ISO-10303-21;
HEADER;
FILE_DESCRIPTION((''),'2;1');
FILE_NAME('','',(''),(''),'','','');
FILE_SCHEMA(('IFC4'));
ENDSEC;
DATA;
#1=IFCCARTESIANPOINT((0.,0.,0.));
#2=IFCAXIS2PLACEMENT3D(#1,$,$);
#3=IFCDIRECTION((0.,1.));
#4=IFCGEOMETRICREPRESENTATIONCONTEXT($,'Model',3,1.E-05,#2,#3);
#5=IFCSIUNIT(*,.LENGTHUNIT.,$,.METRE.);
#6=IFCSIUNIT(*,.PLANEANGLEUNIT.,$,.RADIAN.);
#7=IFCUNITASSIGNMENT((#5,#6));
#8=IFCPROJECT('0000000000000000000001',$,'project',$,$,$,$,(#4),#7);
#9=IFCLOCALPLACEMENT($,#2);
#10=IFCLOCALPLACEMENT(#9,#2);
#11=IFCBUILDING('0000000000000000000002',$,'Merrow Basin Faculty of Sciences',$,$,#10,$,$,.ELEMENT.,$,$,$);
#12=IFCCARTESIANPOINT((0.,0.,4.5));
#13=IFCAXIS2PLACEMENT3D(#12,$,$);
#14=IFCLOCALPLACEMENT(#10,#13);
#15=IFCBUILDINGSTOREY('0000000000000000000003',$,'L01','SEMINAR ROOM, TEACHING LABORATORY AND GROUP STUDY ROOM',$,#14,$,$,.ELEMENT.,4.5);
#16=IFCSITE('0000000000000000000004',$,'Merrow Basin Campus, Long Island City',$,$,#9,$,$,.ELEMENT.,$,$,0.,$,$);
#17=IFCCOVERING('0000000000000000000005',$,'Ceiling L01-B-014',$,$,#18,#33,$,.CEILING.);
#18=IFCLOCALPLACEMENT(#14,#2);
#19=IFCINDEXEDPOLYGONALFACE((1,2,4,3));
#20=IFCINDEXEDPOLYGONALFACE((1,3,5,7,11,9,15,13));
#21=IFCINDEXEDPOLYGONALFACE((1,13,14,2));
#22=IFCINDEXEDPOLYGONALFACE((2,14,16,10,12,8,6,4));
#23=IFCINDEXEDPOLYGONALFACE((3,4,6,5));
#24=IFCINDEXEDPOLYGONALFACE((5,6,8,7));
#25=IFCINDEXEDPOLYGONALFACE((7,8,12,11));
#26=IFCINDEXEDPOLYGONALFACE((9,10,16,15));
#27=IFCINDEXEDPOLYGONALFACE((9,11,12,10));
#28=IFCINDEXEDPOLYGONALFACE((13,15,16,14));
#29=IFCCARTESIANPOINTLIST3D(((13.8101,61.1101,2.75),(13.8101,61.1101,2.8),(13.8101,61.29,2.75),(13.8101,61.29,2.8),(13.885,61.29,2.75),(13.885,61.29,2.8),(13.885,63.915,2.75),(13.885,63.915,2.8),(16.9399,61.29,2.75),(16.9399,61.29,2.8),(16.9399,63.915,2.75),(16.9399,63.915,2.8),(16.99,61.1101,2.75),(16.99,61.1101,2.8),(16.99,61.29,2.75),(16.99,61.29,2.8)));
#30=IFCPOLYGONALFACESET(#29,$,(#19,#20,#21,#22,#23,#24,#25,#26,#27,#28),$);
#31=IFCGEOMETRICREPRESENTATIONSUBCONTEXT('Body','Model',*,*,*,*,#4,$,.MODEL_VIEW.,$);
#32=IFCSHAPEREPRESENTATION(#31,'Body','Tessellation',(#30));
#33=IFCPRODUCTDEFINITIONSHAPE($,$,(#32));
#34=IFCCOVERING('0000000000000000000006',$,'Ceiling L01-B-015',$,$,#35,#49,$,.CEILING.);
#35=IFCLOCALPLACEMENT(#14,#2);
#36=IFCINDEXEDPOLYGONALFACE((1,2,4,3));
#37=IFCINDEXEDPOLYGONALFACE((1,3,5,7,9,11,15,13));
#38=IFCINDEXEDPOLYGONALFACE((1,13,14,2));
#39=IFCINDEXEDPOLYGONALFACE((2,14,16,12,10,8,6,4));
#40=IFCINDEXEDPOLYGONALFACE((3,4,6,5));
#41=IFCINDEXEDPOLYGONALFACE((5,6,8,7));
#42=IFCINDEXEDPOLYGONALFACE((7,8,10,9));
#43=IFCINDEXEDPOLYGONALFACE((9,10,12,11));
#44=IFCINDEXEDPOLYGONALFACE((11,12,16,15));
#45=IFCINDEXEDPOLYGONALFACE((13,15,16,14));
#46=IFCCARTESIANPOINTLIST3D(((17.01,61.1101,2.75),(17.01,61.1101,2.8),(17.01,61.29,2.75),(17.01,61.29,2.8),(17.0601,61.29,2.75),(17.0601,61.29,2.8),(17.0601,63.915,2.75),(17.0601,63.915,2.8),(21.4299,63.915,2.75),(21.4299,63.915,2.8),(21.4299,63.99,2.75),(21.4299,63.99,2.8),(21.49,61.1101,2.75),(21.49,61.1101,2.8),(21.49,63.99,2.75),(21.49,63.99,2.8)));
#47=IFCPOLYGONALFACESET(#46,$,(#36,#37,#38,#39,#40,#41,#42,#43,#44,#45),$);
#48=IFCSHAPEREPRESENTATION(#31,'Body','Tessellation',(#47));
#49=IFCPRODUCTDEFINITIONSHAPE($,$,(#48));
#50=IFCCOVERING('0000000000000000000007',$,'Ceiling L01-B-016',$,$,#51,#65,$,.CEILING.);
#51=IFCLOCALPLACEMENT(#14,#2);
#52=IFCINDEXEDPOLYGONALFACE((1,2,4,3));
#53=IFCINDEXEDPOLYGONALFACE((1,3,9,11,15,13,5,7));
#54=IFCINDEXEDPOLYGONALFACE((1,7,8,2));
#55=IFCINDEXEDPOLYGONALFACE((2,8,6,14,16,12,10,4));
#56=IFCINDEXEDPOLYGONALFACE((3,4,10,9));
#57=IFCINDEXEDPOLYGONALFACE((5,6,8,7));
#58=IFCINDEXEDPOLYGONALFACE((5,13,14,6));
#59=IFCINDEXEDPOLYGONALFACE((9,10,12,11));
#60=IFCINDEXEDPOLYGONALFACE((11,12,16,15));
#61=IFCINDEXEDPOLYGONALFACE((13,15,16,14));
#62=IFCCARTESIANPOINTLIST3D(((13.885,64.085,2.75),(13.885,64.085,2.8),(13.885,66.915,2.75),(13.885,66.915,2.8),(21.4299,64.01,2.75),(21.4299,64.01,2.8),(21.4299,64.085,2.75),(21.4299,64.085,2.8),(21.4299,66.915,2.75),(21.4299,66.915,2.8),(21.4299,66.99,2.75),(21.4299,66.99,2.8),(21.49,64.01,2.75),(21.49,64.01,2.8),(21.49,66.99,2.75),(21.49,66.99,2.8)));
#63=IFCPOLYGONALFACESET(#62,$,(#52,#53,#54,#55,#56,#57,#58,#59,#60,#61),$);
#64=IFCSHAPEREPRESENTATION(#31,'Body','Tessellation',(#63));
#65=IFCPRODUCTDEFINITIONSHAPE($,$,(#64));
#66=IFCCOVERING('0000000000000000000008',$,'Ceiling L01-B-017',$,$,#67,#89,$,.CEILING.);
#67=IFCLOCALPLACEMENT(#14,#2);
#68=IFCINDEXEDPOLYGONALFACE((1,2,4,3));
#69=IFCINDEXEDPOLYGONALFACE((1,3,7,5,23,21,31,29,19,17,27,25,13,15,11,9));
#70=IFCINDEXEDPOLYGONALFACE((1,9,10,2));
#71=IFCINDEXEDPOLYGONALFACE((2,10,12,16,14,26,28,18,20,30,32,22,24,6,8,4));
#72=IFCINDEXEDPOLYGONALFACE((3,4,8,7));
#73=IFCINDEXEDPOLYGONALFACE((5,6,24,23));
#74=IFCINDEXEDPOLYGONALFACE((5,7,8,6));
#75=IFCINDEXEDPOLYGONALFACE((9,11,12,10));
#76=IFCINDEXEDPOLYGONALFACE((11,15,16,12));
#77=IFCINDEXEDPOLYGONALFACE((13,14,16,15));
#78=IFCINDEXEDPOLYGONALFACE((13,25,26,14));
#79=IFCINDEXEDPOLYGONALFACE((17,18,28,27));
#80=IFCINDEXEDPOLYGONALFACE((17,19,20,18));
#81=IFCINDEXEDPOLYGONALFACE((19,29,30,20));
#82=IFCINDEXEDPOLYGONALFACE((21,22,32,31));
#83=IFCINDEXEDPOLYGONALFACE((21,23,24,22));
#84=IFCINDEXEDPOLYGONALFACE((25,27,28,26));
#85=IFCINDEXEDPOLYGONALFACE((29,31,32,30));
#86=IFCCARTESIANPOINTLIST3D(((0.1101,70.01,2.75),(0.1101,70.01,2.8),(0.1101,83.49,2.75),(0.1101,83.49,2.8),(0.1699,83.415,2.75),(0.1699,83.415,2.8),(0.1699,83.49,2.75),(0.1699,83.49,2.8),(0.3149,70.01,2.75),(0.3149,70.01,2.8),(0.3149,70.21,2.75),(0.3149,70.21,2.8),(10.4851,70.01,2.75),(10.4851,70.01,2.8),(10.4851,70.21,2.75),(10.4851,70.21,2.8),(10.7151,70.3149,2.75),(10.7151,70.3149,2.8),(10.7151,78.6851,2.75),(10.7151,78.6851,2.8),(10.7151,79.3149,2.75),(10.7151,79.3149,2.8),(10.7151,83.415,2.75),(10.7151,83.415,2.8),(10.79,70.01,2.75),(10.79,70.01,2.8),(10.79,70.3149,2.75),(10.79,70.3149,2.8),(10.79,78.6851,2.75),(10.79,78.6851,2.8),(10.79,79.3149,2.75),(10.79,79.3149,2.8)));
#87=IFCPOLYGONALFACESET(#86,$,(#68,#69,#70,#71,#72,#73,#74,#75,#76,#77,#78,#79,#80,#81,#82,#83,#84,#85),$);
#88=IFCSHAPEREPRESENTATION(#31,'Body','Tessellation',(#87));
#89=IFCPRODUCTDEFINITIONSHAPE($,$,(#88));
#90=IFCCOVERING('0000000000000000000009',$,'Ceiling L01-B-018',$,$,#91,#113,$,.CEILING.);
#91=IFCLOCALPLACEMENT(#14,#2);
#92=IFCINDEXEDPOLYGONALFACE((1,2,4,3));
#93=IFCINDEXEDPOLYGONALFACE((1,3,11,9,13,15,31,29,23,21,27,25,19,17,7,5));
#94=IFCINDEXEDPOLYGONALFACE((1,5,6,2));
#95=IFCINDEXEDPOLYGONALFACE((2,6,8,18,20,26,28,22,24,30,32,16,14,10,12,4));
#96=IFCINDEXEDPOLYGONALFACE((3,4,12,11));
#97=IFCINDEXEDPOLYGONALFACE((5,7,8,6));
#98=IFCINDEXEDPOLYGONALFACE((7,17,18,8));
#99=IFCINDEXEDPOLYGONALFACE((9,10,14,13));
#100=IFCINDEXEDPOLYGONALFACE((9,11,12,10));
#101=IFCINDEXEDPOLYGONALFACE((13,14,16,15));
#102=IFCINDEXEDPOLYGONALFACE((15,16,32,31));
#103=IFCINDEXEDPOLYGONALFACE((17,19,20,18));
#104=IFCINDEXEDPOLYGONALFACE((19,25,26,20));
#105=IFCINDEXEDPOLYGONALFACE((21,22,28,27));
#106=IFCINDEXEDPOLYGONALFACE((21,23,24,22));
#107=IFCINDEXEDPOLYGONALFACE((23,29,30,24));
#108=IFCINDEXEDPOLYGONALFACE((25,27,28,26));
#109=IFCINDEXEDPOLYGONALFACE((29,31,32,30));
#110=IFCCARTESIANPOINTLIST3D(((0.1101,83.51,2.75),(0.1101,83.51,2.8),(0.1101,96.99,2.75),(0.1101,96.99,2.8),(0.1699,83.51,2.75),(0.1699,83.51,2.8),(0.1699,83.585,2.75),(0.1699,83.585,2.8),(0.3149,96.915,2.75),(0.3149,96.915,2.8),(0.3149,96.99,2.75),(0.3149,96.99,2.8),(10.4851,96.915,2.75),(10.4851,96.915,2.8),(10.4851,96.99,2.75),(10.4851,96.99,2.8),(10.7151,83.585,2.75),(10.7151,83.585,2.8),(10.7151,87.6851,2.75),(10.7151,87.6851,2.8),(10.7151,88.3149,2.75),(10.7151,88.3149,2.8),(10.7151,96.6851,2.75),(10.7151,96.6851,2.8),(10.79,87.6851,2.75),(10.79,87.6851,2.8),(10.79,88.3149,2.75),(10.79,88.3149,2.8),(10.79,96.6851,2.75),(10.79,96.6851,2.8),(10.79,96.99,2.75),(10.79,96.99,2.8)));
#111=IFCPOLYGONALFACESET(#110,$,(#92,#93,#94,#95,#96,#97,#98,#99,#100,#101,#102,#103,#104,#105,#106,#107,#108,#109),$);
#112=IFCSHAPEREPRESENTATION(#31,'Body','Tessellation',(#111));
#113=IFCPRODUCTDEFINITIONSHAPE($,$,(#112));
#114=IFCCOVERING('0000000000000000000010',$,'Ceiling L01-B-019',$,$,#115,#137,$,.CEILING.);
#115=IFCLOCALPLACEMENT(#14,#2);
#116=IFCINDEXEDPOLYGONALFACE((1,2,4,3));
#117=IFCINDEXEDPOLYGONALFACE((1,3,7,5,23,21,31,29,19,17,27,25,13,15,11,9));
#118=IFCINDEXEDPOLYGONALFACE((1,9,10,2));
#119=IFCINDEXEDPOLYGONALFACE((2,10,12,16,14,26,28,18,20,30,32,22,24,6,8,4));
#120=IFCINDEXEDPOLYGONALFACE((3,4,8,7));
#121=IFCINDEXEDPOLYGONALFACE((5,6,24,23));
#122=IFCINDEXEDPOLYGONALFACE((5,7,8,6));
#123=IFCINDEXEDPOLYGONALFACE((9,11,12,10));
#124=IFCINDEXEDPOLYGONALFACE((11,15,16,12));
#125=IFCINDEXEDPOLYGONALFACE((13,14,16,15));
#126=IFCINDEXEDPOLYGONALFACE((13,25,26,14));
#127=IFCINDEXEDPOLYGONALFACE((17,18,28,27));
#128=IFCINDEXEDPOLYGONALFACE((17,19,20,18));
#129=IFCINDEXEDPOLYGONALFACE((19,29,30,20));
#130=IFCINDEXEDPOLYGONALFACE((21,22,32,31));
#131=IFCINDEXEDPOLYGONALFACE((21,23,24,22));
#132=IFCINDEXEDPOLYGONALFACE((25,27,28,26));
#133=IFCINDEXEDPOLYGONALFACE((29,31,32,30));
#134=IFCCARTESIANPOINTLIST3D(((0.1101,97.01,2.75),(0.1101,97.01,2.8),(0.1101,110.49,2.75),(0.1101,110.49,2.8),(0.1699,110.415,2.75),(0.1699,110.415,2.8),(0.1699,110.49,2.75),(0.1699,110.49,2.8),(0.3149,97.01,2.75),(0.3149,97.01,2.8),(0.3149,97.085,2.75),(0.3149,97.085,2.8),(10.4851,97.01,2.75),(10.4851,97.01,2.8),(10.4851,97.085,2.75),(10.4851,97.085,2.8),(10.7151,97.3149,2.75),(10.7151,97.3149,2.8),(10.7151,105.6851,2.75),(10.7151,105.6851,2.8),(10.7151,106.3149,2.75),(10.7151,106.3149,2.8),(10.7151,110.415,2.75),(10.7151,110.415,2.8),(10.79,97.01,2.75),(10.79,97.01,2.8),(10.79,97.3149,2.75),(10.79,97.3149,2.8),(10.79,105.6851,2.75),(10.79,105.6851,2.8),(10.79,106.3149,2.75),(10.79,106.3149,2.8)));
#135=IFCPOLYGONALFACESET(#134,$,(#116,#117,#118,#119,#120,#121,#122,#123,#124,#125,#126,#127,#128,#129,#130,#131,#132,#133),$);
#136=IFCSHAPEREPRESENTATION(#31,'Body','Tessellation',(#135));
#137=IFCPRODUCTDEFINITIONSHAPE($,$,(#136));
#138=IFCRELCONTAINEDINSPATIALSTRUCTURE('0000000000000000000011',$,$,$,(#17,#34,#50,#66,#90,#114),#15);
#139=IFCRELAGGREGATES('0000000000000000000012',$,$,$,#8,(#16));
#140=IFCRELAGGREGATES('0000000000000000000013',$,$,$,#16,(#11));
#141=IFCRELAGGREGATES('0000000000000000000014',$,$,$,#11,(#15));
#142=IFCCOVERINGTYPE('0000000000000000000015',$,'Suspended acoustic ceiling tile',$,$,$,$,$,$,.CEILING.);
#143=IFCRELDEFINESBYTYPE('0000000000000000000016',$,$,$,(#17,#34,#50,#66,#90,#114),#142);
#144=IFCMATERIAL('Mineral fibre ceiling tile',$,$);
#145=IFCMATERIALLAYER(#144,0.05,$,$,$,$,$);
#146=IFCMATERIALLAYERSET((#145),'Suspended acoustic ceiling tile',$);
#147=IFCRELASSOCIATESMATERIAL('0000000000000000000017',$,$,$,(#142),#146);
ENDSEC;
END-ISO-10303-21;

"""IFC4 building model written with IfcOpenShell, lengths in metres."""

from ifc_helpers import new_model, si_unit, direction, frame, origin, place, context, subcontext, project, spatial, polyline, outline, extrude, material, layer, layer_set, type_object, element, save


model = new_model("IFC4")

# Units and contexts
model_context = context("Model", 3, precision=1e-05, world=origin(), true_north=direction((0.0, 1.0)))
body_context = subcontext(model_context, "Body", "Model", "MODEL_VIEW")
ifc_project = project(units=[si_unit("LENGTHUNIT", "METRE"), si_unit("PLANEANGLEUNIT", "RADIAN")], contexts=[model_context])

# Site, building, storey
site_placement = place(None, origin())
site = spatial("IfcSite", under=ifc_project, at=site_placement, Name="Merrow Basin Campus, Long Island City", CompositionType="ELEMENT", RefElevation=0.0)
building_placement = place(site_placement, origin())
building = spatial("IfcBuilding", under=site, at=building_placement, Name="Merrow Basin Faculty of Sciences", CompositionType="ELEMENT")
storey_placement = place(building_placement, frame((0.0, 0.0, 4.5)))
storey = spatial("IfcBuildingStorey", under=building, at=storey_placement, Name="L01", Description="SEMINAR ROOM, TEACHING LABORATORY AND GROUP STUDY ROOM", CompositionType="ELEMENT", Elevation=4.5)

# Coverings
ifc_material_1 = material(Name="Mineral fibre ceiling tile")
ifc_layer_1 = layer(ifc_material_1, 0.05)
ifc_layer_set_1 = layer_set([ifc_layer_1], Name="Suspended acoustic ceiling tile")
covering_type_1 = type_object("IfcCoveringType", Name="Suspended acoustic ceiling tile", PredefinedType="CEILING", material=ifc_layer_set_1)
covering_1_placement = place(storey_placement, frame((0.0, 0.0, 2.75)))
element("IfcCovering", 1, at=covering_1_placement, inside=storey, type_object=covering_type_1, Name="Ceiling L01-B-014", PredefinedType="CEILING", context=body_context, shape_type="SweptSolid", body=[
    extrude(outline(polyline([(16.99, 61.1101), (13.8101, 61.1101), (13.8101, 61.29), (13.885, 61.29), (13.885, 63.915), (16.9399, 63.915), (16.9399, 61.29), (16.99, 61.29), (16.99, 61.1101)])), origin(), (0.0, 0.0, 1.0), 0.05),
])
covering_2_placement = place(storey_placement, frame((0.0, 0.0, 2.75)))
element("IfcCovering", 2, at=covering_2_placement, inside=storey, type_object=covering_type_1, Name="Ceiling L01-B-015", PredefinedType="CEILING", context=body_context, shape_type="SweptSolid", body=[
    extrude(outline(polyline([(21.49, 63.99), (21.49, 61.1101), (17.01, 61.1101), (17.01, 61.29), (17.0601, 61.29), (17.0601, 63.915), (21.4299, 63.915), (21.4299, 63.99), (21.49, 63.99)])), origin(), (0.0, 0.0, 1.0), 0.05),
])
covering_3_placement = place(storey_placement, frame((0.0, 0.0, 2.75)))
element("IfcCovering", 3, at=covering_3_placement, inside=storey, type_object=covering_type_1, Name="Ceiling L01-B-016", PredefinedType="CEILING", context=body_context, shape_type="SweptSolid", body=[
    extrude(outline(polyline([(21.49, 66.99), (21.49, 64.01), (21.4299, 64.01), (21.4299, 64.085), (13.885, 64.085), (13.885, 66.915), (21.4299, 66.915), (21.4299, 66.99), (21.49, 66.99)])), origin(), (0.0, 0.0, 1.0), 0.05),
])
covering_4_placement = place(storey_placement, frame((0.0, 0.0, 2.75)))
element("IfcCovering", 4, at=covering_4_placement, inside=storey, type_object=covering_type_1, Name="Ceiling L01-B-017", PredefinedType="CEILING", context=body_context, shape_type="SweptSolid", body=[
    extrude(outline(polyline([(10.7151, 83.415), (10.7151, 79.3149), (10.79, 79.3149), (10.79, 78.6851), (10.7151, 78.6851), (10.7151, 70.3149), (10.79, 70.3149), (10.79, 70.01), (10.4851, 70.01), (10.4851, 70.21), (0.3149, 70.21), (0.3149, 70.01), (0.1101, 70.01), (0.1101, 83.49), (0.1699, 83.49), (0.1699, 83.415), (10.7151, 83.415)])), origin(), (0.0, 0.0, 1.0), 0.05),
])
covering_5_placement = place(storey_placement, frame((0.0, 0.0, 2.75)))
element("IfcCovering", 5, at=covering_5_placement, inside=storey, type_object=covering_type_1, Name="Ceiling L01-B-018", PredefinedType="CEILING", context=body_context, shape_type="SweptSolid", body=[
    extrude(outline(polyline([(10.7151, 83.585), (0.1699, 83.585), (0.1699, 83.51), (0.1101, 83.51), (0.1101, 96.99), (0.3149, 96.99), (0.3149, 96.915), (10.4851, 96.915), (10.4851, 96.99), (10.79, 96.99), (10.79, 96.6851), (10.7151, 96.6851), (10.7151, 88.3149), (10.79, 88.3149), (10.79, 87.6851), (10.7151, 87.6851), (10.7151, 83.585)])), origin(), (0.0, 0.0, 1.0), 0.05),
])
covering_6_placement = place(storey_placement, frame((0.0, 0.0, 2.75)))
element("IfcCovering", 6, at=covering_6_placement, inside=storey, type_object=covering_type_1, Name="Ceiling L01-B-019", PredefinedType="CEILING", context=body_context, shape_type="SweptSolid", body=[
    extrude(outline(polyline([(10.7151, 110.415), (10.7151, 106.3149), (10.79, 106.3149), (10.79, 105.6851), (10.7151, 105.6851), (10.7151, 97.3149), (10.79, 97.3149), (10.79, 97.01), (10.4851, 97.01), (10.4851, 97.085), (0.3149, 97.085), (0.3149, 97.01), (0.1101, 97.01), (0.1101, 110.49), (0.1699, 110.49), (0.1699, 110.415), (10.7151, 110.415)])), origin(), (0.0, 0.0, 1.0), 0.05),
])

save(model, "model.ifc")
